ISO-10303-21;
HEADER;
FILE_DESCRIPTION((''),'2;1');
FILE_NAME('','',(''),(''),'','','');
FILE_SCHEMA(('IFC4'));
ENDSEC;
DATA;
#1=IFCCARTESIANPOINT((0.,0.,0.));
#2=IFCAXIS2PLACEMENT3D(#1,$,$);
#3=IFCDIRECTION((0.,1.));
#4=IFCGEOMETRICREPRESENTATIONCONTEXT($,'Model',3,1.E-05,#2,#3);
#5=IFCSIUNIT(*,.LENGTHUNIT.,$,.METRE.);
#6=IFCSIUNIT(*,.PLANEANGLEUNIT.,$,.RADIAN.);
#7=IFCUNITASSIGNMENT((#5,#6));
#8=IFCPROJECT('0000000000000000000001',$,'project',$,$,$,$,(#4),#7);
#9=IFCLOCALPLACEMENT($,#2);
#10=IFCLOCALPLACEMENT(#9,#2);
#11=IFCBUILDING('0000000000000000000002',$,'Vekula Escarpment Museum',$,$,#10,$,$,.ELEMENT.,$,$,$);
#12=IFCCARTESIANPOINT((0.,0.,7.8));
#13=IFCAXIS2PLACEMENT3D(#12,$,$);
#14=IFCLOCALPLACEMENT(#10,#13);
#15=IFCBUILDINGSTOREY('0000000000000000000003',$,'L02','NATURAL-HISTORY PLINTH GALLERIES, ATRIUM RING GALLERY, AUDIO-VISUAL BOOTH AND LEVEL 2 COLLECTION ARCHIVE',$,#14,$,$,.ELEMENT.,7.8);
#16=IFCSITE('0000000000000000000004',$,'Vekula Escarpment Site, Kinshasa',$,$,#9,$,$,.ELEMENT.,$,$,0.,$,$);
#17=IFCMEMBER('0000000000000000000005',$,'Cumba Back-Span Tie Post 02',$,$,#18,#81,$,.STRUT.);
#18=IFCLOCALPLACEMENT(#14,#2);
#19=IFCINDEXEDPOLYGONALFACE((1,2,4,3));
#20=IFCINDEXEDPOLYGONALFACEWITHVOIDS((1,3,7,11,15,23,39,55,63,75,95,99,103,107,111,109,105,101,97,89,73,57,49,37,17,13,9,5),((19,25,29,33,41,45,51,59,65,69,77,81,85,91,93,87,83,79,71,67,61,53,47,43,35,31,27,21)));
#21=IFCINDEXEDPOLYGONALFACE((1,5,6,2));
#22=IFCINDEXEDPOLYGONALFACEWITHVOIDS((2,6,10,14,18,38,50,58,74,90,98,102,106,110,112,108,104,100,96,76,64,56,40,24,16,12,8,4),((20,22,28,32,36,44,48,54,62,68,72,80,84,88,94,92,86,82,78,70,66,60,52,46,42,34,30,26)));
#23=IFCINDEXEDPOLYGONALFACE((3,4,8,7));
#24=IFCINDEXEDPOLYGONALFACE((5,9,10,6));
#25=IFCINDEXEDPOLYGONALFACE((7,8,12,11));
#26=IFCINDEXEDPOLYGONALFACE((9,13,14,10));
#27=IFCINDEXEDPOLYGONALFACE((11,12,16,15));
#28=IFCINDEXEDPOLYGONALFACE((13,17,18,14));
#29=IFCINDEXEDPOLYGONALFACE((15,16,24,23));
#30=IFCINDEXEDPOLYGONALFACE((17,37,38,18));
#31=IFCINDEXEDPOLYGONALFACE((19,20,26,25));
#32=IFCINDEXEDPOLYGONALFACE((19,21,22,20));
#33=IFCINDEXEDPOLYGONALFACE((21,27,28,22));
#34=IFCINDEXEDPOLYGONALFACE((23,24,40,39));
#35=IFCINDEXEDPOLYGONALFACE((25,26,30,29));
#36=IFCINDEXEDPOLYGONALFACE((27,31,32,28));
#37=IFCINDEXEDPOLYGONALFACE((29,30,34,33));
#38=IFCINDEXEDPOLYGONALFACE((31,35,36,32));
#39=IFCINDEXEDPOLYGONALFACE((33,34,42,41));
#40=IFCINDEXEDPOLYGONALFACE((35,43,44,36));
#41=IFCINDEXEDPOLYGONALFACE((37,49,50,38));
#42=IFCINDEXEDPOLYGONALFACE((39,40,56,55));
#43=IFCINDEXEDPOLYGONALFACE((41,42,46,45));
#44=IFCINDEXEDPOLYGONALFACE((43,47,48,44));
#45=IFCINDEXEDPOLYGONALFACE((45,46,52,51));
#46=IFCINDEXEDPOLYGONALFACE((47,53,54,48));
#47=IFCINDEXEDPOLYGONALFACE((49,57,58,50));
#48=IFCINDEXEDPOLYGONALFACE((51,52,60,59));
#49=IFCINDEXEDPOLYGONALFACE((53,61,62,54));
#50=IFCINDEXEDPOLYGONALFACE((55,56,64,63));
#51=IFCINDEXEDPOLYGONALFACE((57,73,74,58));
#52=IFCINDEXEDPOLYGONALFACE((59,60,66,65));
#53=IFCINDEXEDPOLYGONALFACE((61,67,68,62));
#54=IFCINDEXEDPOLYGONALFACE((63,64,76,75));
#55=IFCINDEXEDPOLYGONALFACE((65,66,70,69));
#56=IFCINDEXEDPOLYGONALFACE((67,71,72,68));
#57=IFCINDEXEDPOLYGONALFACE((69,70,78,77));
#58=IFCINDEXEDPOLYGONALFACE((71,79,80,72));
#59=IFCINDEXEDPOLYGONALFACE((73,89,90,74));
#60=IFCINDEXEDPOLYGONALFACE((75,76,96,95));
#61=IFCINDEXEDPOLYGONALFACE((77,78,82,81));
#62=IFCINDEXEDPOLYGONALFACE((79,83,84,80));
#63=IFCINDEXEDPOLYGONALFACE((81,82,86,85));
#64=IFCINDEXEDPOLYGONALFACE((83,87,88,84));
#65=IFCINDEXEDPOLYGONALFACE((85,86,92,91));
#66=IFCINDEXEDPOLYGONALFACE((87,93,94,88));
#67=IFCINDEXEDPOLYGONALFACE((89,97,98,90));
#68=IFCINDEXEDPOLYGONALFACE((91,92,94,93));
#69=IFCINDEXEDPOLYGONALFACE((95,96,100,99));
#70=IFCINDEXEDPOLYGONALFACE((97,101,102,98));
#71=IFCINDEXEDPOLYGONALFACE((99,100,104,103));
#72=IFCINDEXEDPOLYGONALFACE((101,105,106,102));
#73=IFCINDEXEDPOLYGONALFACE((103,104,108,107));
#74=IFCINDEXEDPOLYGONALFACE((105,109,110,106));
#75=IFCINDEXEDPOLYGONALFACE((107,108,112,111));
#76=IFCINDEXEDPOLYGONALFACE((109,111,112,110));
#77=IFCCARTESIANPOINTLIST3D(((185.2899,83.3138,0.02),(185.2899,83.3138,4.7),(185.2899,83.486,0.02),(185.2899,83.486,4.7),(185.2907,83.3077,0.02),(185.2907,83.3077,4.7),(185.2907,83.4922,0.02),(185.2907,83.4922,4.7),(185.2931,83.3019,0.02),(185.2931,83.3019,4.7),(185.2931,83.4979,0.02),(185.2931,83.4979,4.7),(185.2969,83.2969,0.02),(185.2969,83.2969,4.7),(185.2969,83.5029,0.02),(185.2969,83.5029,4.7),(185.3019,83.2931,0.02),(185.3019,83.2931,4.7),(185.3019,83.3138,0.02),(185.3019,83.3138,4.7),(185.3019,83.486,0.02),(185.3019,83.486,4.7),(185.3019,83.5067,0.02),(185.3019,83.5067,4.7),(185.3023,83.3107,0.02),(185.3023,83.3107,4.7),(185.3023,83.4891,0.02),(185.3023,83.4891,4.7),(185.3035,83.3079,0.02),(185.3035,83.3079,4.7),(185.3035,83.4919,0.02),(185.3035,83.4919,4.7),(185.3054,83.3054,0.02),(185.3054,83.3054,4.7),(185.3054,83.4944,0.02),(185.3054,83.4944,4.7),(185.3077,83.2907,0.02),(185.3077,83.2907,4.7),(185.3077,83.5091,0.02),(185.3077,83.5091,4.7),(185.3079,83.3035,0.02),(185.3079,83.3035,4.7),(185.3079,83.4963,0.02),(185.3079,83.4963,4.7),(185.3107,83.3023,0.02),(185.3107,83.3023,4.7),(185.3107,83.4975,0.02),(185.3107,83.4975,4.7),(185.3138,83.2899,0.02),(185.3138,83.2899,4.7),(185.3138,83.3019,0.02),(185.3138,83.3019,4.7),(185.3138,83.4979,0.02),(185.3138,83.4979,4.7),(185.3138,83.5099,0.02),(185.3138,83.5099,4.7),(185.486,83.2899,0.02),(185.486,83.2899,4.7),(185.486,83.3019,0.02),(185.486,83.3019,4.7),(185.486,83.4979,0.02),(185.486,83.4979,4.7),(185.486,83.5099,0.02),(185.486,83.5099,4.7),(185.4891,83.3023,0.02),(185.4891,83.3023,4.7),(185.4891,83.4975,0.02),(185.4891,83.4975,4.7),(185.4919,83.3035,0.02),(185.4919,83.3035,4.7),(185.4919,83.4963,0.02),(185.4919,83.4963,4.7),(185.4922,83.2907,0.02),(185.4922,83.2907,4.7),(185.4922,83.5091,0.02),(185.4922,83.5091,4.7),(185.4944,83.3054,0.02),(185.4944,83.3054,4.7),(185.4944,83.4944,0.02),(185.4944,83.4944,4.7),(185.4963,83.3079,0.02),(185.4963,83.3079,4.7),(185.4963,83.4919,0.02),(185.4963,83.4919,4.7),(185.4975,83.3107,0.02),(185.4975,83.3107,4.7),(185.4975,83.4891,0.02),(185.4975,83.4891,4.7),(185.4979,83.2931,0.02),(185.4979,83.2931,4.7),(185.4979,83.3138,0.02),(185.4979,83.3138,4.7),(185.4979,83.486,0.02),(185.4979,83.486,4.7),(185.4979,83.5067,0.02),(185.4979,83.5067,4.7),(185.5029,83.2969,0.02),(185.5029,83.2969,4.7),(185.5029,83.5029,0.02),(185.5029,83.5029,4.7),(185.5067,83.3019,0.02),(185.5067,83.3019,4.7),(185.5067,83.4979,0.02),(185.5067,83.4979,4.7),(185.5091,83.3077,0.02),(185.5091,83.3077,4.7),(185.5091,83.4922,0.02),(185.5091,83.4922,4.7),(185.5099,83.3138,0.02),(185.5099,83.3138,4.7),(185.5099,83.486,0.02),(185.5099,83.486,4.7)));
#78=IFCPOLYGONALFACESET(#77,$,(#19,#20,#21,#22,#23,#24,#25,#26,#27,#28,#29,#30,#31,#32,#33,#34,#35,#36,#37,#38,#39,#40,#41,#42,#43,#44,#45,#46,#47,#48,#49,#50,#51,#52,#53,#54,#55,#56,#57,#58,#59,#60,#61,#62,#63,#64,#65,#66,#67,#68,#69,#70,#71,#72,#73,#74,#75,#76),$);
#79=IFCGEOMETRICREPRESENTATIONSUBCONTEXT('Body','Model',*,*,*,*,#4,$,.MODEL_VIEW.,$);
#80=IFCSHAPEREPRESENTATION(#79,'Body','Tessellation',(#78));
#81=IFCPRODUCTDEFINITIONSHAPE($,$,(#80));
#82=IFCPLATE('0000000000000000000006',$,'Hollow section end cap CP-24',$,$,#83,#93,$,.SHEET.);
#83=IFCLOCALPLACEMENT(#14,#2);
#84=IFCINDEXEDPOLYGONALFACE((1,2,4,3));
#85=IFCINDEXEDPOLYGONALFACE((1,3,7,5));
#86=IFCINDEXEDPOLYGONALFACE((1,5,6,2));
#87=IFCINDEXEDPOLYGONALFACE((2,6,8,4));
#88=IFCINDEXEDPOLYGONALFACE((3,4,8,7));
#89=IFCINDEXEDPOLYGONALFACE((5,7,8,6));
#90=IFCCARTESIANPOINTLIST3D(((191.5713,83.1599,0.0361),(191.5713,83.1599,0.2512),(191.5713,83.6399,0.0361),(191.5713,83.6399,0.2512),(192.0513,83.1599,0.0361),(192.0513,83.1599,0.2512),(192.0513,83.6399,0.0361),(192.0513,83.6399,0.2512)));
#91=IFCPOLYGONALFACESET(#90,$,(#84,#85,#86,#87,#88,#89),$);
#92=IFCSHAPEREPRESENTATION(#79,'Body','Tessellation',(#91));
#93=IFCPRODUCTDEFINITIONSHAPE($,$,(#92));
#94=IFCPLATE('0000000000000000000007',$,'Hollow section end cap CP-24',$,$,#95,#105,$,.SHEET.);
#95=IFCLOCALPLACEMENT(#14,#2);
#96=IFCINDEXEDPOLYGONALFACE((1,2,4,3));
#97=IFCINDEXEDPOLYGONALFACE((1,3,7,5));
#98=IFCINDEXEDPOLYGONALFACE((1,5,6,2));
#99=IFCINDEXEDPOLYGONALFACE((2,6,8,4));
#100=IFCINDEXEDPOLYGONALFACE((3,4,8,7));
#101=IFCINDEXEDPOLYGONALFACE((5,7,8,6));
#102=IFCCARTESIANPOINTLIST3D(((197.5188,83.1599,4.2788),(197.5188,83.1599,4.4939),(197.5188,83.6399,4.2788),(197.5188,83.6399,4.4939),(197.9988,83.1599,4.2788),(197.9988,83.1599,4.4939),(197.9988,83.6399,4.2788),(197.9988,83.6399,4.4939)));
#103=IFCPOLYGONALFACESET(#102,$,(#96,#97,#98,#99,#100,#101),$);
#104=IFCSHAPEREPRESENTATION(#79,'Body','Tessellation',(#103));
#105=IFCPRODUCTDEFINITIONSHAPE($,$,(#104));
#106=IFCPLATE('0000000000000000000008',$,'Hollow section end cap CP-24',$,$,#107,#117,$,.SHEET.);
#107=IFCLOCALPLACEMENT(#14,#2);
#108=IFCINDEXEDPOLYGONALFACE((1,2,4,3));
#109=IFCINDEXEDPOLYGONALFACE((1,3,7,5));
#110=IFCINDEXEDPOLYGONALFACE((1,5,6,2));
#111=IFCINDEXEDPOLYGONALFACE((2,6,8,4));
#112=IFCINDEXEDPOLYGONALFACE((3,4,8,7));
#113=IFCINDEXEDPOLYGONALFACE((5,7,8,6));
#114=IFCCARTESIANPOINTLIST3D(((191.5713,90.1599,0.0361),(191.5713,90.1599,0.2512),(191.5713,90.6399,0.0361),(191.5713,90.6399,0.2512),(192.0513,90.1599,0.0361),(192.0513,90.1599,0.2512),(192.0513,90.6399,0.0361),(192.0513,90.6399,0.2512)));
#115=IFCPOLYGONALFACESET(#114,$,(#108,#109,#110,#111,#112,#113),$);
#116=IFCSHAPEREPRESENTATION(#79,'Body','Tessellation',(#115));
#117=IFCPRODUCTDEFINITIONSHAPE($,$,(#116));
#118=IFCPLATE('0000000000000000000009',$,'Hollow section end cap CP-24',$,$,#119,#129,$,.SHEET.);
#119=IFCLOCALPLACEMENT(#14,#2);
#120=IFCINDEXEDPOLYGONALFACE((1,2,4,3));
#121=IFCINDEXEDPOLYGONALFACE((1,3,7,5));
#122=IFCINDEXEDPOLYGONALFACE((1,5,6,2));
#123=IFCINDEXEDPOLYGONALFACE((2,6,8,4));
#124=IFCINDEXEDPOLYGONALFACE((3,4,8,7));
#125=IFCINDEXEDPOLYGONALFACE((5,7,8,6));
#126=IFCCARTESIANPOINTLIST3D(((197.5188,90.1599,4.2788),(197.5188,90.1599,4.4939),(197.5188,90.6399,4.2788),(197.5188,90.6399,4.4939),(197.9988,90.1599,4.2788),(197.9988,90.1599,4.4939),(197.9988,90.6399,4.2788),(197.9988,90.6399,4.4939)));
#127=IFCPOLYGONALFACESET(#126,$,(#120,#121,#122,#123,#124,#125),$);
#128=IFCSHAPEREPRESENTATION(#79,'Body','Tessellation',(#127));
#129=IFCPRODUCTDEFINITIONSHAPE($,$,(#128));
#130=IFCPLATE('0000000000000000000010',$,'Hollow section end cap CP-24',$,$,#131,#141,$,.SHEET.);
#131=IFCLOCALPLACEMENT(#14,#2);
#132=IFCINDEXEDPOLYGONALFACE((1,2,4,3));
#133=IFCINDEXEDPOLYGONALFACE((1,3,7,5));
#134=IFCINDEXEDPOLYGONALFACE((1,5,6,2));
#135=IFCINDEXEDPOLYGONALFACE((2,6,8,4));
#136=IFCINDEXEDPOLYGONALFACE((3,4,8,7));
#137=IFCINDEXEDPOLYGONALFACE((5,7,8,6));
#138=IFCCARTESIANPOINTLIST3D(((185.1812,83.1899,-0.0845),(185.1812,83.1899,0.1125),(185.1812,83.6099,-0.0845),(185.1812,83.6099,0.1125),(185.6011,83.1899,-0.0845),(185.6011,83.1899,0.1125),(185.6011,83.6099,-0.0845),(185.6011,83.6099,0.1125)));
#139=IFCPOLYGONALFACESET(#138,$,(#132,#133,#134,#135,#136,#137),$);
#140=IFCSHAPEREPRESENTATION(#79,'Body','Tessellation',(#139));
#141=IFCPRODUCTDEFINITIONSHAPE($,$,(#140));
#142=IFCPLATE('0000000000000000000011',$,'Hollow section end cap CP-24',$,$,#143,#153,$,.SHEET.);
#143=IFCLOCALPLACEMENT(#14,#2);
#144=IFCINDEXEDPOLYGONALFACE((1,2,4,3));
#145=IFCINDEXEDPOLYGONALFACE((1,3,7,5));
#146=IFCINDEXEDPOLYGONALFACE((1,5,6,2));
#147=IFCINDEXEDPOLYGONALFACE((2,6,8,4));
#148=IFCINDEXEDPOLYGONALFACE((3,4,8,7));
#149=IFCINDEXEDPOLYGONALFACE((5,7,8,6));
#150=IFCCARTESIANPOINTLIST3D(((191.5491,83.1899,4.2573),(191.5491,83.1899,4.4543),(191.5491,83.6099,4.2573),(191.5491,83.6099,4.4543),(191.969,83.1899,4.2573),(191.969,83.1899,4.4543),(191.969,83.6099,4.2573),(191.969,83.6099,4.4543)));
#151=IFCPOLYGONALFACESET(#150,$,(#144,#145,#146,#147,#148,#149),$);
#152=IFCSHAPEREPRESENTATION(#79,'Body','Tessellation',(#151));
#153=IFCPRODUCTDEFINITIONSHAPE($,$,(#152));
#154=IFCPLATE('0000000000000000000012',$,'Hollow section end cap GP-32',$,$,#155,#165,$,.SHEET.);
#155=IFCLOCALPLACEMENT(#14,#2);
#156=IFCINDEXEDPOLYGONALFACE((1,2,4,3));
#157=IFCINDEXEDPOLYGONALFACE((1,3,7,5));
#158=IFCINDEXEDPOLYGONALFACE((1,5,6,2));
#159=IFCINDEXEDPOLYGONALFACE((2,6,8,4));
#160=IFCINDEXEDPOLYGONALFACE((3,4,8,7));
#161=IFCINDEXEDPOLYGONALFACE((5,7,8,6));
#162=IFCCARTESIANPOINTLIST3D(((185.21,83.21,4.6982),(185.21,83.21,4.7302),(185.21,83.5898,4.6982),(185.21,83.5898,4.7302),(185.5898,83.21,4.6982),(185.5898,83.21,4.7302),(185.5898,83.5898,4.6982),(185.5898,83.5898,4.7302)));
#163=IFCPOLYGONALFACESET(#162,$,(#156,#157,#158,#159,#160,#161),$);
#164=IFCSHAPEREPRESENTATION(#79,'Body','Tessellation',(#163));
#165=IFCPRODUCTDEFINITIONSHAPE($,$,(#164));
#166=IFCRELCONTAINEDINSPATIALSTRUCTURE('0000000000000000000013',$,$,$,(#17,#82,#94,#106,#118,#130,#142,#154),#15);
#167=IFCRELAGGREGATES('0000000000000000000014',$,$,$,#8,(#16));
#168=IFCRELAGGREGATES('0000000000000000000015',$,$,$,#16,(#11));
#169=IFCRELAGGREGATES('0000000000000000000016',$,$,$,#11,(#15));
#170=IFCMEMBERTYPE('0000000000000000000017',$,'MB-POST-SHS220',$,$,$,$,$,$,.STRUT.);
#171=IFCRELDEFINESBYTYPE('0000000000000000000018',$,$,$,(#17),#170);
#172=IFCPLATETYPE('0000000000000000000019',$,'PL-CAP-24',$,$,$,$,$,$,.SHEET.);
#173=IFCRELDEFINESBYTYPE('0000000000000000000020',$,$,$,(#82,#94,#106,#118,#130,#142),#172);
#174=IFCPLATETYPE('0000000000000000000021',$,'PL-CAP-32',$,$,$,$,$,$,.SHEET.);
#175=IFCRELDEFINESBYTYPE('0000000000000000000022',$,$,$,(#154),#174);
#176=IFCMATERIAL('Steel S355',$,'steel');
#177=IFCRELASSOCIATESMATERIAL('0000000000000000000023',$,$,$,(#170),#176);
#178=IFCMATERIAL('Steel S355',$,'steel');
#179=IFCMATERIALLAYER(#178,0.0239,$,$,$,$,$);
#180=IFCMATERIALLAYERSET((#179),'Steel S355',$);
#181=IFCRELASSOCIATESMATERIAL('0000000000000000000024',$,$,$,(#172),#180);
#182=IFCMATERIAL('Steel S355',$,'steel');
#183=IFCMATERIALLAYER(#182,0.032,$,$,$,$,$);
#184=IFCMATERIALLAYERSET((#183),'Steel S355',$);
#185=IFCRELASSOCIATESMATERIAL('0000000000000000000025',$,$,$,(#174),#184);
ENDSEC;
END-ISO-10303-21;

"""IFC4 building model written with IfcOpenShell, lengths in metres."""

from ifc_helpers import new_model, si_unit, direction, frame, origin, origin_2d, place, context, subcontext, project, spatial, rectangle, hollow_rectangle, extrude, material, layer, layer_set, material_profile, profile_set, type_object, element, save


model = new_model("IFC4")

# Units and contexts
model_context = context("Model", 3, precision=1e-05, world=origin(), true_north=direction((0.0, 1.0)))
body_context = subcontext(model_context, "Body", "Model", "MODEL_VIEW")
ifc_project = project(units=[si_unit("LENGTHUNIT", "METRE"), si_unit("PLANEANGLEUNIT", "RADIAN")], contexts=[model_context])

# Site, building, storey
site_placement = place(None, origin())
site = spatial("IfcSite", under=ifc_project, at=site_placement, Name="Vekula Escarpment Site, Kinshasa", CompositionType="ELEMENT", RefElevation=0.0)
building_placement = place(site_placement, origin())
building = spatial("IfcBuilding", under=site, at=building_placement, Name="Vekula Escarpment Museum", CompositionType="ELEMENT")
storey_placement = place(building_placement, frame((0.0, 0.0, 7.8)))
storey = spatial("IfcBuildingStorey", under=building, at=storey_placement, Name="L02", Description="NATURAL-HISTORY PLINTH GALLERIES, ATRIUM RING GALLERY, AUDIO-VISUAL BOOTH AND LEVEL 2 COLLECTION ARCHIVE", CompositionType="ELEMENT", Elevation=7.8)

# Member
ifc_material_1 = material(Name="Steel S355", Category="steel")
ifc_material_profile_1 = material_profile(ifc_material_1, hollow_rectangle(XDim=0.22, YDim=0.22, WallThickness=0.012, InnerFilletRadius=0.012, OuterFilletRadius=0.0239, at=origin_2d()), Name="SHS 220x220x12")
ifc_profile_set_1 = profile_set([ifc_material_profile_1], Name="Steel S355")
member_type_1 = type_object("IfcMemberType", Name="MB-POST-SHS220", PredefinedType="STRUT", material=ifc_profile_set_1)
member_1_placement = place(storey_placement, frame((185.3999, 83.3999, 0.02), z_axis=(0.0, 0.0, 1.0), x_axis=(1.0, 0.0, 0.0)))
element("IfcMember", 1, at=member_1_placement, inside=storey, type_object=member_type_1, Name="Cumba Back-Span Tie Post 02", PredefinedType="STRUT", context=body_context, shape_type="SweptSolid", body=[
    extrude(hollow_rectangle(XDim=0.22, YDim=0.22, WallThickness=0.012, InnerFilletRadius=0.012, OuterFilletRadius=0.0239, at=origin_2d()), origin(), (0.0, 0.0, 1.0), 4.6799),
])

# Plates
ifc_material_2 = material(Name="Steel S355", Category="steel")
ifc_layer_1 = layer(ifc_material_2, 0.0239)
ifc_layer_set_1 = layer_set([ifc_layer_1], Name="Steel S355")
plate_type_1 = type_object("IfcPlateType", Name="PL-CAP-24", PredefinedType="SHEET", material=ifc_layer_set_1)
for number, where, z_axis, x_axis, name in (
    (2, (191.8113, 83.3999, 0.0361), (0.0, 0.0, 1.0), (1.0, 0.0, 0.0), "Hollow section end cap CP-24"),
    (3, (197.7588, 83.3999, 4.2788), (0.0, 0.0, 1.0), (1.0, 0.0, 0.0), "Hollow section end cap CP-24"),
    (4, (191.8113, 90.3999, 0.0361), (0.0, 0.0, 1.0), (1.0, 0.0, 0.0), "Hollow section end cap CP-24"),
    (5, (197.7588, 90.3999, 4.2788), (0.0, 0.0, 1.0), (1.0, 0.0, 0.0), "Hollow section end cap CP-24"),
):
    element("IfcPlate", number, at=place(storey_placement, frame(where, z_axis=z_axis, x_axis=x_axis)), inside=storey, type_object=plate_type_1, Name=name, PredefinedType="SHEET", context=body_context, shape_type="SweptSolid", body=[
        extrude(rectangle(XDim=0.48, YDim=0.48, at=origin_2d()), origin(), (0.0, 0.0, 1.0), 0.2151),
    ])
for number, where, z_axis, x_axis, name in (
    (6, (185.3911, 83.3999, -0.0845), (0.0, 0.0, 1.0), (1.0, 0.0, 0.0), "Hollow section end cap CP-24"),
    (7, (191.759, 83.3999, 4.2573), (0.0, 0.0, 1.0), (1.0, 0.0, 0.0), "Hollow section end cap CP-24"),
):
    element("IfcPlate", number, at=place(storey_placement, frame(where, z_axis=z_axis, x_axis=x_axis)), inside=storey, type_object=plate_type_1, Name=name, PredefinedType="SHEET", context=body_context, shape_type="SweptSolid", body=[
        extrude(rectangle(XDim=0.4199, YDim=0.4199, at=origin_2d()), origin(), (0.0, 0.0, 1.0), 0.197),
    ])
ifc_material_3 = material(Name="Steel S355", Category="steel")
ifc_layer_2 = layer(ifc_material_3, 0.032)
ifc_layer_set_2 = layer_set([ifc_layer_2], Name="Steel S355")
plate_type_2 = type_object("IfcPlateType", Name="PL-CAP-32", PredefinedType="SHEET", material=ifc_layer_set_2)
plate_placement = place(storey_placement, frame((185.3999, 83.3999, 4.6982), z_axis=(0.0, 0.0, 1.0), x_axis=(1.0, 0.0, 0.0)))
element("IfcPlate", 8, at=plate_placement, inside=storey, type_object=plate_type_2, Name="Hollow section end cap GP-32", PredefinedType="SHEET", context=body_context, shape_type="SweptSolid", body=[
    extrude(rectangle(XDim=0.3799, YDim=0.3799, at=origin_2d()), origin(), (0.0, 0.0, 1.0), 0.032),
])

save(model, "model.ifc")
